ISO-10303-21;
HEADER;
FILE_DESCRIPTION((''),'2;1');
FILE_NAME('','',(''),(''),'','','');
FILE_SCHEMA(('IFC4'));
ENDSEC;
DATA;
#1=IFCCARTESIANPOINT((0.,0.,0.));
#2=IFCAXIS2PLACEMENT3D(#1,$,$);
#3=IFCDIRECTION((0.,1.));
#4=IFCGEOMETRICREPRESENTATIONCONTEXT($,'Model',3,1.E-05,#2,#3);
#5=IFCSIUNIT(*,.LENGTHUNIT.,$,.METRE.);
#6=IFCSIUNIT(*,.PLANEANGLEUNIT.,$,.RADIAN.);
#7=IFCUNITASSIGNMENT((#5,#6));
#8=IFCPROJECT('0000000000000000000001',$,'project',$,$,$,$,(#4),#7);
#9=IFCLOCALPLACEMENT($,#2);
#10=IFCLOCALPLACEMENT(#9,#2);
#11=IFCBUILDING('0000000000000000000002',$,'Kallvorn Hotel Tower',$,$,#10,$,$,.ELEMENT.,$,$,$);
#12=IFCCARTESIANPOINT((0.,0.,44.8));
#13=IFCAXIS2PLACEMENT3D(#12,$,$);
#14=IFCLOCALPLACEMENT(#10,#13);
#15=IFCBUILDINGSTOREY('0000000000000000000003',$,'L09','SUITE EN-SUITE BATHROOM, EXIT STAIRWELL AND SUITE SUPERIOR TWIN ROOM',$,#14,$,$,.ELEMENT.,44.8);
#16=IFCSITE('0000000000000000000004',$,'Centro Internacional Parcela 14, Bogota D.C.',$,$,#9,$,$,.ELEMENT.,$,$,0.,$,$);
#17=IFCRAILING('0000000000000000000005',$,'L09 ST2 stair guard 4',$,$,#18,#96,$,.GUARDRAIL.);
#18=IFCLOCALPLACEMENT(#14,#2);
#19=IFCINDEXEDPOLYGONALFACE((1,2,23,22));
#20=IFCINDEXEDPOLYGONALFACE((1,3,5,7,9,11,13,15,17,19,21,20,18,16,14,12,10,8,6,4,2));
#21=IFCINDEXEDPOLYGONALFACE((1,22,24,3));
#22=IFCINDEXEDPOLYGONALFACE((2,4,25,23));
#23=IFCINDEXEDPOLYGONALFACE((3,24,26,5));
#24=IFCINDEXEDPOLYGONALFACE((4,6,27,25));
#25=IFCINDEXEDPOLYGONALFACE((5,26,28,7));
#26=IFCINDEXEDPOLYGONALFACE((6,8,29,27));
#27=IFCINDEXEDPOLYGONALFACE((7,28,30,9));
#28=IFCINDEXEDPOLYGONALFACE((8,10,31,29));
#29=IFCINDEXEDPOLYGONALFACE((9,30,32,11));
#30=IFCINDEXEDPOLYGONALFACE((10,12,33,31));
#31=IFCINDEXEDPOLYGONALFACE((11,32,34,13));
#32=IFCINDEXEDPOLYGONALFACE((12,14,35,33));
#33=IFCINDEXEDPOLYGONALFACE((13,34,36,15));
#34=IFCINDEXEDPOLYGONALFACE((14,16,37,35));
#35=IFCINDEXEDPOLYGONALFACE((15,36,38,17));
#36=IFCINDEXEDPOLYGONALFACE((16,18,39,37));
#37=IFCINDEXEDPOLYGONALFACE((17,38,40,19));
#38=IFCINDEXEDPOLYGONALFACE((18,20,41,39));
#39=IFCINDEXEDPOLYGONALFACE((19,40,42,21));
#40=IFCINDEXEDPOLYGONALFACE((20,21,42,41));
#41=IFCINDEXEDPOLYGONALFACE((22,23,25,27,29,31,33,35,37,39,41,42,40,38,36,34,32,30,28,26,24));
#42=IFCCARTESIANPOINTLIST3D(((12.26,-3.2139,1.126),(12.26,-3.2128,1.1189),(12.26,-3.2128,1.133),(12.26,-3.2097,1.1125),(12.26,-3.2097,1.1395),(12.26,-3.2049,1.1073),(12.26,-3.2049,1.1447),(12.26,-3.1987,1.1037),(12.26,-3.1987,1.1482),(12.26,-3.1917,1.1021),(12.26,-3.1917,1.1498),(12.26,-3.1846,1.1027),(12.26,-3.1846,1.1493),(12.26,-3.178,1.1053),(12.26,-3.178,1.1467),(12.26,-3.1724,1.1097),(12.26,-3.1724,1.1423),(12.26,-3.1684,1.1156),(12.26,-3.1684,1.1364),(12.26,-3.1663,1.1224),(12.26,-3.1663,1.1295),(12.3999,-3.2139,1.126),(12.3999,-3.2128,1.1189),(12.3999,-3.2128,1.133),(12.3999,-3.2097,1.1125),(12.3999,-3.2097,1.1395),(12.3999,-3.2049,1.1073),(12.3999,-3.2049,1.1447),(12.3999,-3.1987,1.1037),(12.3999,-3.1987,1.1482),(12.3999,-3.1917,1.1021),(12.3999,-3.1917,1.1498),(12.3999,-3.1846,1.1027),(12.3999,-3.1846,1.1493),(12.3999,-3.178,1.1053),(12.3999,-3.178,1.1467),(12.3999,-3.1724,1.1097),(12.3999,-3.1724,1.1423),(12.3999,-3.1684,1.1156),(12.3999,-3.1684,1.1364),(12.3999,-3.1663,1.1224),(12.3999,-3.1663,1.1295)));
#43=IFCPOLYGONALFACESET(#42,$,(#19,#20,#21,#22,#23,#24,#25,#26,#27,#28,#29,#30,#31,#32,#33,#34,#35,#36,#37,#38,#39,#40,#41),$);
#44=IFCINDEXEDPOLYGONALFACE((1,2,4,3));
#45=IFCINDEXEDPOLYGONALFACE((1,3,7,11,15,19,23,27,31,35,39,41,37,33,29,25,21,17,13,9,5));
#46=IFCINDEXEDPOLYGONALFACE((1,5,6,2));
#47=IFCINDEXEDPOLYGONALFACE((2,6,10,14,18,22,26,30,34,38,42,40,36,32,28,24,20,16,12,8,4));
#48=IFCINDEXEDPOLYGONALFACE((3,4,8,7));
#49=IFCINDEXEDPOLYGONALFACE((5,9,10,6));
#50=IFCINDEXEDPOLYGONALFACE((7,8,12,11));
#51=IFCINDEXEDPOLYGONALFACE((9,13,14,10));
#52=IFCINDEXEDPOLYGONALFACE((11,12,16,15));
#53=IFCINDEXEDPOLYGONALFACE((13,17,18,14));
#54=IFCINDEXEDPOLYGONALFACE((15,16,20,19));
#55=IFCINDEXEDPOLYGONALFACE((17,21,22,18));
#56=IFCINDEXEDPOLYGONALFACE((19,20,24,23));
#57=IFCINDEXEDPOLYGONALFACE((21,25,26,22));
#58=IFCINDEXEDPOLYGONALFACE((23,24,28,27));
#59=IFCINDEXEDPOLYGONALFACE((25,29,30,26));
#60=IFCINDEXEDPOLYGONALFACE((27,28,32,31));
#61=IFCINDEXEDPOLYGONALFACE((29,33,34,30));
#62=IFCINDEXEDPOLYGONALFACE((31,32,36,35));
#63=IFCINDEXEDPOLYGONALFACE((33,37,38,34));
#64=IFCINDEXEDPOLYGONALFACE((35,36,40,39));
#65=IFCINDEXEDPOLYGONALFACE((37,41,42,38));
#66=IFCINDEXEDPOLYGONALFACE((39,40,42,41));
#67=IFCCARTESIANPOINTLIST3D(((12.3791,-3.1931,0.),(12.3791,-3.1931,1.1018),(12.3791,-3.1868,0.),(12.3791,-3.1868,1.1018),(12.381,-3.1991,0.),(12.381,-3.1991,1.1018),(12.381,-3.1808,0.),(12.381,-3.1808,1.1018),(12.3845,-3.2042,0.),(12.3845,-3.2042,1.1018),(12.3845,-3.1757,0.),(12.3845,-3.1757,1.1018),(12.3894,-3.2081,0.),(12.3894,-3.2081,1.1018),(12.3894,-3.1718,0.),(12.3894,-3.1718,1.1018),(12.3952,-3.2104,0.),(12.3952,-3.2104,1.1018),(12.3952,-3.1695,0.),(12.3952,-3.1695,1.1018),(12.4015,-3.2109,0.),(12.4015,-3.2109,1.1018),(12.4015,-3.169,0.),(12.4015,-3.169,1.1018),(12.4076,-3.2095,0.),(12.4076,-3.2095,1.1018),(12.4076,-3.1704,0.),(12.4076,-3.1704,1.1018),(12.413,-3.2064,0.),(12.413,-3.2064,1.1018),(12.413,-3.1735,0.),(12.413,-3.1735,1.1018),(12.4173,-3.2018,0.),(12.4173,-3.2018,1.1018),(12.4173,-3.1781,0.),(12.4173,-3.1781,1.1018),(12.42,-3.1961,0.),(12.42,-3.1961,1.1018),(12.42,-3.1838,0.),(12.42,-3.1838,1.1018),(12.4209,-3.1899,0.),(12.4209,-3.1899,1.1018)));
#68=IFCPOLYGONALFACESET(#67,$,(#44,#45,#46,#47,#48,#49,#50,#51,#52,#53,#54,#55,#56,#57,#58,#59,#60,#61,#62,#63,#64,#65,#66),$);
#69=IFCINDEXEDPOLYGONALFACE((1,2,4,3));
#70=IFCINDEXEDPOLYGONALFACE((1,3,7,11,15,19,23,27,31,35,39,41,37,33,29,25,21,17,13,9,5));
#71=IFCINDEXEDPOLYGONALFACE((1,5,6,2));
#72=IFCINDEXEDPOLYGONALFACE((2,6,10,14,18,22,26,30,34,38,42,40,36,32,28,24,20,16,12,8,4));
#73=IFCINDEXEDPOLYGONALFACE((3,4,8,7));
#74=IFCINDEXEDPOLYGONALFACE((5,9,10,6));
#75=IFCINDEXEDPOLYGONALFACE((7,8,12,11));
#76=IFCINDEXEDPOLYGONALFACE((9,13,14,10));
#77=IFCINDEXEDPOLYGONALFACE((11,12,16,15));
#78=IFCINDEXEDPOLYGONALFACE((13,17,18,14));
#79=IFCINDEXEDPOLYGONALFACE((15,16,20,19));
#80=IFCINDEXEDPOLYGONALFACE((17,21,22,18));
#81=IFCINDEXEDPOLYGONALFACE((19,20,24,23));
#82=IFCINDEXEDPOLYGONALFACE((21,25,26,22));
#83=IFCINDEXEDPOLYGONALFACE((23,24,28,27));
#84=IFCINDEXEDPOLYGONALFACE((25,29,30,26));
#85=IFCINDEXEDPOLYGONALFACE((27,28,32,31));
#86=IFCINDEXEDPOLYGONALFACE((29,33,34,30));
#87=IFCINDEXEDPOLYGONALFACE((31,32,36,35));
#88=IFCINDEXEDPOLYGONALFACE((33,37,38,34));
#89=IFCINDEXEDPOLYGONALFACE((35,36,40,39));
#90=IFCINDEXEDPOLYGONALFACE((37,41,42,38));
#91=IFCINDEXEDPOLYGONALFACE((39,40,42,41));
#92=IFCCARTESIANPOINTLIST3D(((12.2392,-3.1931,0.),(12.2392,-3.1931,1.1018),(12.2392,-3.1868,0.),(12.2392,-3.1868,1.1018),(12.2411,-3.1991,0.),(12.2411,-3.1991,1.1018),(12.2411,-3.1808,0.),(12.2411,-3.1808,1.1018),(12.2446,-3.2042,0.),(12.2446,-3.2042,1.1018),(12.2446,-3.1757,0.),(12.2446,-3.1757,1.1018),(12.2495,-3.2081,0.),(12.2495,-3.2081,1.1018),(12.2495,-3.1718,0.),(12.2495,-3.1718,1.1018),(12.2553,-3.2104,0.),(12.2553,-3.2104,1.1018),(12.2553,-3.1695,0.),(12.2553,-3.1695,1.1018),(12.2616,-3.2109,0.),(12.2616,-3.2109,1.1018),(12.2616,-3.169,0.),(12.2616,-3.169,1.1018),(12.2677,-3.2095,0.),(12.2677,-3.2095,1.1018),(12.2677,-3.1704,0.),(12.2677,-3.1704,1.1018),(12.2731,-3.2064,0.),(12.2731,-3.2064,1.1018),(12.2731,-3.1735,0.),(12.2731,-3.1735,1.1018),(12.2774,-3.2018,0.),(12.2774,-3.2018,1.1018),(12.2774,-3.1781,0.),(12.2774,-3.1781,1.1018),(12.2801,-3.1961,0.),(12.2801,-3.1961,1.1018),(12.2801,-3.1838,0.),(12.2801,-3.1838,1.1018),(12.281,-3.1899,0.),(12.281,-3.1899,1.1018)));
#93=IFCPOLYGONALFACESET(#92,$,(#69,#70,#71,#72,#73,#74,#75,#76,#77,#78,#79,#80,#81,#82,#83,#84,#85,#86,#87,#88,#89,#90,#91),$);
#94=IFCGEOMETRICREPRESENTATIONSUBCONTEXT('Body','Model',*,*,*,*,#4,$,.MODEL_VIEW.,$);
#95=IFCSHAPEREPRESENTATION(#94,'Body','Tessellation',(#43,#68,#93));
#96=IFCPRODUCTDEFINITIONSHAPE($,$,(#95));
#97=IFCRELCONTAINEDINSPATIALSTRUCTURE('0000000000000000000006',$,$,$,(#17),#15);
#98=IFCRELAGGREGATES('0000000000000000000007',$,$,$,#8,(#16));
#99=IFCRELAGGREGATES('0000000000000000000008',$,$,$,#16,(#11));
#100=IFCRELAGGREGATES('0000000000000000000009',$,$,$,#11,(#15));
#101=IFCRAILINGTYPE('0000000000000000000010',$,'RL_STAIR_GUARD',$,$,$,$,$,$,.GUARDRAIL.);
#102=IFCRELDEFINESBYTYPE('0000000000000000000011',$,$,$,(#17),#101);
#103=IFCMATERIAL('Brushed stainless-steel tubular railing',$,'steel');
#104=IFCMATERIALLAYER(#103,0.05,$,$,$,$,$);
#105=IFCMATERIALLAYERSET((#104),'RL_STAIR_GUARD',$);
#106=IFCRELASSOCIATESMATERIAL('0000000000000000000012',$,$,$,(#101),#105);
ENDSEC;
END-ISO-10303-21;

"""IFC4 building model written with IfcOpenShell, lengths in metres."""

from ifc_helpers import new_model, si_unit, direction, frame, origin, origin_2d, place, context, subcontext, project, spatial, circle, extrude, material, layer, layer_set, type_object, element, save


model = new_model("IFC4")

# Units and contexts
model_context = context("Model", 3, precision=1e-05, world=origin(), true_north=direction((0.0, 1.0)))
body_context = subcontext(model_context, "Body", "Model", "MODEL_VIEW")
ifc_project = project(units=[si_unit("LENGTHUNIT", "METRE"), si_unit("PLANEANGLEUNIT", "RADIAN")], contexts=[model_context])

# Site, building, storey
site_placement = place(None, origin())
site = spatial("IfcSite", under=ifc_project, at=site_placement, Name="Centro Internacional Parcela 14, Bogota D.C.", CompositionType="ELEMENT", RefElevation=0.0)
building_placement = place(site_placement, origin())
building = spatial("IfcBuilding", under=site, at=building_placement, Name="Kallvorn Hotel Tower", CompositionType="ELEMENT")
storey_placement = place(building_placement, frame((0.0, 0.0, 44.8)))
storey = spatial("IfcBuildingStorey", under=building, at=storey_placement, Name="L09", Description="SUITE EN-SUITE BATHROOM, EXIT STAIRWELL AND SUITE SUPERIOR TWIN ROOM", CompositionType="ELEMENT", Elevation=44.8)

# Railing
ifc_material_1 = material(Name="Brushed stainless-steel tubular railing", Category="steel")
ifc_layer_1 = layer(ifc_material_1, 0.05)
ifc_layer_set_1 = layer_set([ifc_layer_1], Name="RL_STAIR_GUARD")
railing_type_1 = type_object("IfcRailingType", Name="RL_STAIR_GUARD", PredefinedType="GUARDRAIL", material=ifc_layer_set_1)
railing_1_placement = place(storey_placement, frame((12.3999, -3.1899, 0.0)))
element("IfcRailing", 1, at=railing_1_placement, inside=storey, type_object=railing_type_1, Name="L09 ST2 stair guard 4", PredefinedType="GUARDRAIL", context=body_context, shape_type="SweptSolid", body=[
    extrude(circle(Radius=0.0239, at=origin_2d()), frame((0.0, 0.0, 1.126), z_axis=(-1.0, 0.0, 0.0), x_axis=(0.0, -1.0, 0.0)), (0.0, 0.0, 1.0), 0.1399),
    extrude(circle(Radius=0.021, at=origin_2d()), origin(), (0.0, 0.0, 1.0), 1.1018),
    extrude(circle(Radius=0.021, at=origin_2d()), frame((-0.1399, 0.0, 0.0)), (0.0, 0.0, 1.0), 1.1018),
])

save(model, "model.ifc")
